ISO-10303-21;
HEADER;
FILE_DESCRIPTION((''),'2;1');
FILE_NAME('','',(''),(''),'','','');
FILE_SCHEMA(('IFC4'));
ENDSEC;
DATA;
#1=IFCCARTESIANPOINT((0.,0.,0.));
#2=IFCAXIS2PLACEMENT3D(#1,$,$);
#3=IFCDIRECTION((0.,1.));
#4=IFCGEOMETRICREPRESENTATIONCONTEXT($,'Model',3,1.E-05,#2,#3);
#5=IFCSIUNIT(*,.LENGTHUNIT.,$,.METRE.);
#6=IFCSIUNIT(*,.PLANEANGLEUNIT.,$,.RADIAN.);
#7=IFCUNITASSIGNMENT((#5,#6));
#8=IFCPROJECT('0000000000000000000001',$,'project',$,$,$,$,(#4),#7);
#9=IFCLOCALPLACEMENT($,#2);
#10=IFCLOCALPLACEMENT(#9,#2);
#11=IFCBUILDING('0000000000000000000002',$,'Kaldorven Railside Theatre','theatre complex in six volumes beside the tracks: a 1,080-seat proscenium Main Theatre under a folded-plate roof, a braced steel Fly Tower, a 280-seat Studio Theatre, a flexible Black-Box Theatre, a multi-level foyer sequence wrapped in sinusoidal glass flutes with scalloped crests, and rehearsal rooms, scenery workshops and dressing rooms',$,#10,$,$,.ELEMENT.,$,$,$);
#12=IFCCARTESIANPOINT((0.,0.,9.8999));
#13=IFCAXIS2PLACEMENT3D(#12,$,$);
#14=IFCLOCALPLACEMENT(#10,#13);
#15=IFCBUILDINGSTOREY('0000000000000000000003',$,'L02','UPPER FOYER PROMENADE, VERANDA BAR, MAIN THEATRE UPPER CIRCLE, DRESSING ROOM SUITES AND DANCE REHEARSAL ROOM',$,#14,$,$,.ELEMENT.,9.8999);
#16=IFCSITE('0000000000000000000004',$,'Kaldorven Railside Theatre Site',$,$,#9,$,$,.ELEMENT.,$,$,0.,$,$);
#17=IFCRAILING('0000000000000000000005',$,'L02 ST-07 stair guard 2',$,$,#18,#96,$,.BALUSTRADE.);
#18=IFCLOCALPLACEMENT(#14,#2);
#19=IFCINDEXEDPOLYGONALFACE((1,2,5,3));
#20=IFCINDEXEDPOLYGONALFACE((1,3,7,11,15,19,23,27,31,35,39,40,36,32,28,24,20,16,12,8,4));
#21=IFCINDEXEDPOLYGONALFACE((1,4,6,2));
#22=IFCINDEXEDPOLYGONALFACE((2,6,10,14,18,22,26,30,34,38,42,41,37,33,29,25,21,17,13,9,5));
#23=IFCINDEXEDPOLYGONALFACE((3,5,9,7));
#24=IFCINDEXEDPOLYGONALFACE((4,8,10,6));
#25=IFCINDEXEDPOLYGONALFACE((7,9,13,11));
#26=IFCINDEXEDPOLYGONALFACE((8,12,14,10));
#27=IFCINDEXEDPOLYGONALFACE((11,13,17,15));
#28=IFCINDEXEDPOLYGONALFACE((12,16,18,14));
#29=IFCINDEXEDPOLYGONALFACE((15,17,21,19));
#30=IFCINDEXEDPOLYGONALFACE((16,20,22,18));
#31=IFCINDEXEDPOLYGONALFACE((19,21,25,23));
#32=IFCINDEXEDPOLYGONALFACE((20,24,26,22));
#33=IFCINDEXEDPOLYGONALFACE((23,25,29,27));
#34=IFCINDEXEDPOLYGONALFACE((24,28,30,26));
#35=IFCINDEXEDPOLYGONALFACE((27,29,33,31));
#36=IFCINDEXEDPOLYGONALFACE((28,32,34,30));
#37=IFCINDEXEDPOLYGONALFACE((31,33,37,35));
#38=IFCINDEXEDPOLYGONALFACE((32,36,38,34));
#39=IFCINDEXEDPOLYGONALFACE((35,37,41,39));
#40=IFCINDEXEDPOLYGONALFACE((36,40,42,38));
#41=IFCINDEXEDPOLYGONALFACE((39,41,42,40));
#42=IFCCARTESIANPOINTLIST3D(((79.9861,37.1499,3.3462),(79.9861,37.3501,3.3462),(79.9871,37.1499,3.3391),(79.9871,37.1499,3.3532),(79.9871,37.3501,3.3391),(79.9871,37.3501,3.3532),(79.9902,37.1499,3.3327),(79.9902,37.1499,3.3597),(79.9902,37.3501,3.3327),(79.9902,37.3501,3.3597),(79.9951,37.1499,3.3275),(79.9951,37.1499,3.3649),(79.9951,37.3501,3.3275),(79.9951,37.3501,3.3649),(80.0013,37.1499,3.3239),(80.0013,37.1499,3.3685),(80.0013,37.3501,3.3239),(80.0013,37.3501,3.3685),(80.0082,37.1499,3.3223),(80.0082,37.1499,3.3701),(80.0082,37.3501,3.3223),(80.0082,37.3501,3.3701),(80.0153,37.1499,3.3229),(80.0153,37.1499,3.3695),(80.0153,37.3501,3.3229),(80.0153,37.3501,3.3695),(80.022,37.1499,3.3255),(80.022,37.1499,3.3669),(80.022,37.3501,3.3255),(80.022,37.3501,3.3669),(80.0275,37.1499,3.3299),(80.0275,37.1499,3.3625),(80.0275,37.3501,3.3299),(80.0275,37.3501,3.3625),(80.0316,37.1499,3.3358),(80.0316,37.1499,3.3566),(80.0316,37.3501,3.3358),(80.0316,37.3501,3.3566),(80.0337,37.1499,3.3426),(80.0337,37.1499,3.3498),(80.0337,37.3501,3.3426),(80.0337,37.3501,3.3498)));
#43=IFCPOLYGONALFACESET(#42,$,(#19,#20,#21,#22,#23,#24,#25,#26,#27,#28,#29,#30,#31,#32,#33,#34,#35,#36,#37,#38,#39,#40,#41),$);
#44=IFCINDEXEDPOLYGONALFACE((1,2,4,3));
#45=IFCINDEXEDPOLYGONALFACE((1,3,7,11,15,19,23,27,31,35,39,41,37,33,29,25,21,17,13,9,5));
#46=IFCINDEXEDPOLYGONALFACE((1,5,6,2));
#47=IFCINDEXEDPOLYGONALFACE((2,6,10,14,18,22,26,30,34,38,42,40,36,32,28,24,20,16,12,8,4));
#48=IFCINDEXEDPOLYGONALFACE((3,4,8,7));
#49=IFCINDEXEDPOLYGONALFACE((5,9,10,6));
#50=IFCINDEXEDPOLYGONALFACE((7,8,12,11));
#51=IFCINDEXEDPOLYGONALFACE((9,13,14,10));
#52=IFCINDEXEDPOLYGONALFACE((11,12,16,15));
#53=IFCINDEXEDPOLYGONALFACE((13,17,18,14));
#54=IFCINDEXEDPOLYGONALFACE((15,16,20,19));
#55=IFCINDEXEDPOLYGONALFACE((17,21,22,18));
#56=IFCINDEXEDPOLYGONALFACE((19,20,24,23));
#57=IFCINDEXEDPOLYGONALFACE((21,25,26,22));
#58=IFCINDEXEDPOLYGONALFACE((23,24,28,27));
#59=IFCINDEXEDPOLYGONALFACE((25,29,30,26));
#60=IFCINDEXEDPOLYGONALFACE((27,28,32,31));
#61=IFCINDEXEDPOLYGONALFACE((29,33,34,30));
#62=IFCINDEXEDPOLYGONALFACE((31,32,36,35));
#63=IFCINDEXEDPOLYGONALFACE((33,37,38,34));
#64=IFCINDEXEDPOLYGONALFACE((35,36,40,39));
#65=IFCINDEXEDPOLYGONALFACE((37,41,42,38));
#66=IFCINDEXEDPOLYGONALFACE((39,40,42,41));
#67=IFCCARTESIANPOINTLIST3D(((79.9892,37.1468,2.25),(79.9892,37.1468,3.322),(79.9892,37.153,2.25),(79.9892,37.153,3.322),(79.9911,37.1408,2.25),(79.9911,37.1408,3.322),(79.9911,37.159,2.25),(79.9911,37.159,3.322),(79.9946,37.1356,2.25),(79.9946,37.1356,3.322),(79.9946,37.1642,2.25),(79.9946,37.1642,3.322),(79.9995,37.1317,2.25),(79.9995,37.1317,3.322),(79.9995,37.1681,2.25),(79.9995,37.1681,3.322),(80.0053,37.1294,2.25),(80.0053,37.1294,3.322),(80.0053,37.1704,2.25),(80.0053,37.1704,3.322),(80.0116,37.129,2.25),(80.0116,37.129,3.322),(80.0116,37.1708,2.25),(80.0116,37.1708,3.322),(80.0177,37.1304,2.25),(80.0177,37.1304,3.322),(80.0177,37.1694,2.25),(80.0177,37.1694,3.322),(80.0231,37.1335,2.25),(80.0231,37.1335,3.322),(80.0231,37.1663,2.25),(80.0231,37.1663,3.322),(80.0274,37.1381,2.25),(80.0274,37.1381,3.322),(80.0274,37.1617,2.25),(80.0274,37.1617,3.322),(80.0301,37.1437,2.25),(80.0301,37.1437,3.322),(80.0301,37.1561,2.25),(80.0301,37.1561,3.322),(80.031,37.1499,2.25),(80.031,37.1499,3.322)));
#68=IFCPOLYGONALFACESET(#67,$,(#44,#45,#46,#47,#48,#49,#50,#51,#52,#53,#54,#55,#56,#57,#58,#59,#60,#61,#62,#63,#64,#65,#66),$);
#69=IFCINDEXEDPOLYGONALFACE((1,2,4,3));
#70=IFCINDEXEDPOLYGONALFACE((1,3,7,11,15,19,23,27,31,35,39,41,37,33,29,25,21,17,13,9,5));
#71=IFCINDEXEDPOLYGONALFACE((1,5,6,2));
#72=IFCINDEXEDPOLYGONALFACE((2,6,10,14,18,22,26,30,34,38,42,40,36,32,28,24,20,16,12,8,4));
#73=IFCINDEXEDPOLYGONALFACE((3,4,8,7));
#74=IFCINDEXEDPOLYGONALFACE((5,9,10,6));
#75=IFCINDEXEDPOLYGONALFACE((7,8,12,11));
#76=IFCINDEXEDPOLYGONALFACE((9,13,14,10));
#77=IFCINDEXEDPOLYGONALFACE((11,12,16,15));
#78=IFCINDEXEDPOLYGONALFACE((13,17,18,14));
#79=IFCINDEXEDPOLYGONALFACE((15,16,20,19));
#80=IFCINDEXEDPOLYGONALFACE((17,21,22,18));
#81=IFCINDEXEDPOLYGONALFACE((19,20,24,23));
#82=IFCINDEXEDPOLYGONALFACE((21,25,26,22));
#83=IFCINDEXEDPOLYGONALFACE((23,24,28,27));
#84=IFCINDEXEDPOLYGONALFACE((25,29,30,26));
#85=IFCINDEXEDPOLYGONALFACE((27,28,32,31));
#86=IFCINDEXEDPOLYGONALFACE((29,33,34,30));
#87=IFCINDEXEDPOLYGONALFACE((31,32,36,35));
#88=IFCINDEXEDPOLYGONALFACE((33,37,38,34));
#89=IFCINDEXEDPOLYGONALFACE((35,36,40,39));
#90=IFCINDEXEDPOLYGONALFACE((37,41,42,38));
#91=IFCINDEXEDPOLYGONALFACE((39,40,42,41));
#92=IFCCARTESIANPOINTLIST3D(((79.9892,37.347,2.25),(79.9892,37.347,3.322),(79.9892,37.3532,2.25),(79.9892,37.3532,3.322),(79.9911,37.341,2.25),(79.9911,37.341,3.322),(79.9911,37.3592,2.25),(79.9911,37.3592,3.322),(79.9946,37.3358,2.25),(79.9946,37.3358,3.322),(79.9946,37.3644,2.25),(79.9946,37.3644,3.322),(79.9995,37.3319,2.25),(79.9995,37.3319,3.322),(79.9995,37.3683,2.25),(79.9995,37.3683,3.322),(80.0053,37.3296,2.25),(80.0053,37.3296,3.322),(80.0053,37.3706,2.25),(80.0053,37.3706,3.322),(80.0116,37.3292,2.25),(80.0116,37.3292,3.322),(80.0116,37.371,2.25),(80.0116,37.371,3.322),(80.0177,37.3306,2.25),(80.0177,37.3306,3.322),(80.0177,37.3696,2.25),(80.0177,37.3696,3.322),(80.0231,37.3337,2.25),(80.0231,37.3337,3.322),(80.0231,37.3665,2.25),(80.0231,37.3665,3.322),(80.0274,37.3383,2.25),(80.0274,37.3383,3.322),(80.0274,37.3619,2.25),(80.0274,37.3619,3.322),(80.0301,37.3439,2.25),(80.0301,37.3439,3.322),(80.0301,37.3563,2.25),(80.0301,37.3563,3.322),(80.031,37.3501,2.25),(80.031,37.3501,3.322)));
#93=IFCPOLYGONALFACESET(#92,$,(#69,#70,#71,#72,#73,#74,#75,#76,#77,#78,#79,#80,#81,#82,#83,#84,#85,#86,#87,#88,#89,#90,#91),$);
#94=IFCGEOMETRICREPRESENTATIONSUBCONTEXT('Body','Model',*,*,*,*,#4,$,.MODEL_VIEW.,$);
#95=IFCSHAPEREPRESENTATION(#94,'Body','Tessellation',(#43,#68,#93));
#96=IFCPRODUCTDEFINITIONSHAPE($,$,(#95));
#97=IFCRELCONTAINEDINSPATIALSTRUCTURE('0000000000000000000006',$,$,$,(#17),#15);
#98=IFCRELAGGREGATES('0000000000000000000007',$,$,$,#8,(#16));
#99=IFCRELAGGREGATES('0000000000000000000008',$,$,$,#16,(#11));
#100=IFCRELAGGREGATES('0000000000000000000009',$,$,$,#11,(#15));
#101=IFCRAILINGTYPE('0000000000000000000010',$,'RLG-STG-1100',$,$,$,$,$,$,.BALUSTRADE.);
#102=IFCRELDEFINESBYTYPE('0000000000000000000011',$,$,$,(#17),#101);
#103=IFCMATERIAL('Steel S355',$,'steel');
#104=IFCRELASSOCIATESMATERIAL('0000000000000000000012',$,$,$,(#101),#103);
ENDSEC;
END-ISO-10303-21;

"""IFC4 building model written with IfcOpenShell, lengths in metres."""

from ifc_helpers import new_model, si_unit, direction, frame, origin, origin_2d, place, context, subcontext, project, spatial, circle, extrude, material, type_object, element, save


model = new_model("IFC4")

# Units and contexts
model_context = context("Model", 3, precision=1e-05, world=origin(), true_north=direction((0.0, 1.0)))
body_context = subcontext(model_context, "Body", "Model", "MODEL_VIEW")
ifc_project = project(units=[si_unit("LENGTHUNIT", "METRE"), si_unit("PLANEANGLEUNIT", "RADIAN")], contexts=[model_context])

# Site, building, storey
site_placement = place(None, origin())
site = spatial("IfcSite", under=ifc_project, at=site_placement, Name="Kaldorven Railside Theatre Site", CompositionType="ELEMENT", RefElevation=0.0)
building_placement = place(site_placement, origin())
building = spatial("IfcBuilding", under=site, at=building_placement, Name="Kaldorven Railside Theatre", Description="theatre complex in six volumes beside the tracks: a 1,080-seat proscenium Main Theatre under a folded-plate roof, a braced steel Fly Tower, a 280-seat Studio Theatre, a flexible Black-Box Theatre, a multi-level foyer sequence wrapped in sinusoidal glass flutes with scalloped crests, and rehearsal rooms, scenery workshops and dressing rooms", CompositionType="ELEMENT")
storey_placement = place(building_placement, frame((0.0, 0.0, 9.8999)))
storey = spatial("IfcBuildingStorey", under=building, at=storey_placement, Name="L02", Description="UPPER FOYER PROMENADE, VERANDA BAR, MAIN THEATRE UPPER CIRCLE, DRESSING ROOM SUITES AND DANCE REHEARSAL ROOM", CompositionType="ELEMENT", Elevation=9.8999)

# Shared definitions
ifc_material_1 = material(Name="Steel S355", Category="steel")

# Railing
railing_type_1 = type_object("IfcRailingType", Name="RLG-STG-1100", PredefinedType="BALUSTRADE", material=ifc_material_1)
railing_1_placement = place(storey_placement, frame((80.01, 37.1499, 2.25)))
element("IfcRailing", 1, at=railing_1_placement, inside=storey, type_object=railing_type_1, Name="L02 ST-07 stair guard 2", PredefinedType="BALUSTRADE", context=body_context, shape_type="SweptSolid", body=[
    extrude(circle(Radius=0.0239, at=origin_2d()), frame((0.0, 0.0, 1.0962), z_axis=(0.0, 1.0, 0.0), x_axis=(-1.0, 0.0, 0.0)), (0.0, 0.0, 1.0), 0.2002),
    extrude(circle(Radius=0.021, at=origin_2d()), origin(), (0.0, 0.0, 1.0), 1.072),
    extrude(circle(Radius=0.021, at=origin_2d()), frame((0.0, 0.2002, 0.0)), (0.0, 0.0, 1.0), 1.072),
])

save(model, "model.ifc")
